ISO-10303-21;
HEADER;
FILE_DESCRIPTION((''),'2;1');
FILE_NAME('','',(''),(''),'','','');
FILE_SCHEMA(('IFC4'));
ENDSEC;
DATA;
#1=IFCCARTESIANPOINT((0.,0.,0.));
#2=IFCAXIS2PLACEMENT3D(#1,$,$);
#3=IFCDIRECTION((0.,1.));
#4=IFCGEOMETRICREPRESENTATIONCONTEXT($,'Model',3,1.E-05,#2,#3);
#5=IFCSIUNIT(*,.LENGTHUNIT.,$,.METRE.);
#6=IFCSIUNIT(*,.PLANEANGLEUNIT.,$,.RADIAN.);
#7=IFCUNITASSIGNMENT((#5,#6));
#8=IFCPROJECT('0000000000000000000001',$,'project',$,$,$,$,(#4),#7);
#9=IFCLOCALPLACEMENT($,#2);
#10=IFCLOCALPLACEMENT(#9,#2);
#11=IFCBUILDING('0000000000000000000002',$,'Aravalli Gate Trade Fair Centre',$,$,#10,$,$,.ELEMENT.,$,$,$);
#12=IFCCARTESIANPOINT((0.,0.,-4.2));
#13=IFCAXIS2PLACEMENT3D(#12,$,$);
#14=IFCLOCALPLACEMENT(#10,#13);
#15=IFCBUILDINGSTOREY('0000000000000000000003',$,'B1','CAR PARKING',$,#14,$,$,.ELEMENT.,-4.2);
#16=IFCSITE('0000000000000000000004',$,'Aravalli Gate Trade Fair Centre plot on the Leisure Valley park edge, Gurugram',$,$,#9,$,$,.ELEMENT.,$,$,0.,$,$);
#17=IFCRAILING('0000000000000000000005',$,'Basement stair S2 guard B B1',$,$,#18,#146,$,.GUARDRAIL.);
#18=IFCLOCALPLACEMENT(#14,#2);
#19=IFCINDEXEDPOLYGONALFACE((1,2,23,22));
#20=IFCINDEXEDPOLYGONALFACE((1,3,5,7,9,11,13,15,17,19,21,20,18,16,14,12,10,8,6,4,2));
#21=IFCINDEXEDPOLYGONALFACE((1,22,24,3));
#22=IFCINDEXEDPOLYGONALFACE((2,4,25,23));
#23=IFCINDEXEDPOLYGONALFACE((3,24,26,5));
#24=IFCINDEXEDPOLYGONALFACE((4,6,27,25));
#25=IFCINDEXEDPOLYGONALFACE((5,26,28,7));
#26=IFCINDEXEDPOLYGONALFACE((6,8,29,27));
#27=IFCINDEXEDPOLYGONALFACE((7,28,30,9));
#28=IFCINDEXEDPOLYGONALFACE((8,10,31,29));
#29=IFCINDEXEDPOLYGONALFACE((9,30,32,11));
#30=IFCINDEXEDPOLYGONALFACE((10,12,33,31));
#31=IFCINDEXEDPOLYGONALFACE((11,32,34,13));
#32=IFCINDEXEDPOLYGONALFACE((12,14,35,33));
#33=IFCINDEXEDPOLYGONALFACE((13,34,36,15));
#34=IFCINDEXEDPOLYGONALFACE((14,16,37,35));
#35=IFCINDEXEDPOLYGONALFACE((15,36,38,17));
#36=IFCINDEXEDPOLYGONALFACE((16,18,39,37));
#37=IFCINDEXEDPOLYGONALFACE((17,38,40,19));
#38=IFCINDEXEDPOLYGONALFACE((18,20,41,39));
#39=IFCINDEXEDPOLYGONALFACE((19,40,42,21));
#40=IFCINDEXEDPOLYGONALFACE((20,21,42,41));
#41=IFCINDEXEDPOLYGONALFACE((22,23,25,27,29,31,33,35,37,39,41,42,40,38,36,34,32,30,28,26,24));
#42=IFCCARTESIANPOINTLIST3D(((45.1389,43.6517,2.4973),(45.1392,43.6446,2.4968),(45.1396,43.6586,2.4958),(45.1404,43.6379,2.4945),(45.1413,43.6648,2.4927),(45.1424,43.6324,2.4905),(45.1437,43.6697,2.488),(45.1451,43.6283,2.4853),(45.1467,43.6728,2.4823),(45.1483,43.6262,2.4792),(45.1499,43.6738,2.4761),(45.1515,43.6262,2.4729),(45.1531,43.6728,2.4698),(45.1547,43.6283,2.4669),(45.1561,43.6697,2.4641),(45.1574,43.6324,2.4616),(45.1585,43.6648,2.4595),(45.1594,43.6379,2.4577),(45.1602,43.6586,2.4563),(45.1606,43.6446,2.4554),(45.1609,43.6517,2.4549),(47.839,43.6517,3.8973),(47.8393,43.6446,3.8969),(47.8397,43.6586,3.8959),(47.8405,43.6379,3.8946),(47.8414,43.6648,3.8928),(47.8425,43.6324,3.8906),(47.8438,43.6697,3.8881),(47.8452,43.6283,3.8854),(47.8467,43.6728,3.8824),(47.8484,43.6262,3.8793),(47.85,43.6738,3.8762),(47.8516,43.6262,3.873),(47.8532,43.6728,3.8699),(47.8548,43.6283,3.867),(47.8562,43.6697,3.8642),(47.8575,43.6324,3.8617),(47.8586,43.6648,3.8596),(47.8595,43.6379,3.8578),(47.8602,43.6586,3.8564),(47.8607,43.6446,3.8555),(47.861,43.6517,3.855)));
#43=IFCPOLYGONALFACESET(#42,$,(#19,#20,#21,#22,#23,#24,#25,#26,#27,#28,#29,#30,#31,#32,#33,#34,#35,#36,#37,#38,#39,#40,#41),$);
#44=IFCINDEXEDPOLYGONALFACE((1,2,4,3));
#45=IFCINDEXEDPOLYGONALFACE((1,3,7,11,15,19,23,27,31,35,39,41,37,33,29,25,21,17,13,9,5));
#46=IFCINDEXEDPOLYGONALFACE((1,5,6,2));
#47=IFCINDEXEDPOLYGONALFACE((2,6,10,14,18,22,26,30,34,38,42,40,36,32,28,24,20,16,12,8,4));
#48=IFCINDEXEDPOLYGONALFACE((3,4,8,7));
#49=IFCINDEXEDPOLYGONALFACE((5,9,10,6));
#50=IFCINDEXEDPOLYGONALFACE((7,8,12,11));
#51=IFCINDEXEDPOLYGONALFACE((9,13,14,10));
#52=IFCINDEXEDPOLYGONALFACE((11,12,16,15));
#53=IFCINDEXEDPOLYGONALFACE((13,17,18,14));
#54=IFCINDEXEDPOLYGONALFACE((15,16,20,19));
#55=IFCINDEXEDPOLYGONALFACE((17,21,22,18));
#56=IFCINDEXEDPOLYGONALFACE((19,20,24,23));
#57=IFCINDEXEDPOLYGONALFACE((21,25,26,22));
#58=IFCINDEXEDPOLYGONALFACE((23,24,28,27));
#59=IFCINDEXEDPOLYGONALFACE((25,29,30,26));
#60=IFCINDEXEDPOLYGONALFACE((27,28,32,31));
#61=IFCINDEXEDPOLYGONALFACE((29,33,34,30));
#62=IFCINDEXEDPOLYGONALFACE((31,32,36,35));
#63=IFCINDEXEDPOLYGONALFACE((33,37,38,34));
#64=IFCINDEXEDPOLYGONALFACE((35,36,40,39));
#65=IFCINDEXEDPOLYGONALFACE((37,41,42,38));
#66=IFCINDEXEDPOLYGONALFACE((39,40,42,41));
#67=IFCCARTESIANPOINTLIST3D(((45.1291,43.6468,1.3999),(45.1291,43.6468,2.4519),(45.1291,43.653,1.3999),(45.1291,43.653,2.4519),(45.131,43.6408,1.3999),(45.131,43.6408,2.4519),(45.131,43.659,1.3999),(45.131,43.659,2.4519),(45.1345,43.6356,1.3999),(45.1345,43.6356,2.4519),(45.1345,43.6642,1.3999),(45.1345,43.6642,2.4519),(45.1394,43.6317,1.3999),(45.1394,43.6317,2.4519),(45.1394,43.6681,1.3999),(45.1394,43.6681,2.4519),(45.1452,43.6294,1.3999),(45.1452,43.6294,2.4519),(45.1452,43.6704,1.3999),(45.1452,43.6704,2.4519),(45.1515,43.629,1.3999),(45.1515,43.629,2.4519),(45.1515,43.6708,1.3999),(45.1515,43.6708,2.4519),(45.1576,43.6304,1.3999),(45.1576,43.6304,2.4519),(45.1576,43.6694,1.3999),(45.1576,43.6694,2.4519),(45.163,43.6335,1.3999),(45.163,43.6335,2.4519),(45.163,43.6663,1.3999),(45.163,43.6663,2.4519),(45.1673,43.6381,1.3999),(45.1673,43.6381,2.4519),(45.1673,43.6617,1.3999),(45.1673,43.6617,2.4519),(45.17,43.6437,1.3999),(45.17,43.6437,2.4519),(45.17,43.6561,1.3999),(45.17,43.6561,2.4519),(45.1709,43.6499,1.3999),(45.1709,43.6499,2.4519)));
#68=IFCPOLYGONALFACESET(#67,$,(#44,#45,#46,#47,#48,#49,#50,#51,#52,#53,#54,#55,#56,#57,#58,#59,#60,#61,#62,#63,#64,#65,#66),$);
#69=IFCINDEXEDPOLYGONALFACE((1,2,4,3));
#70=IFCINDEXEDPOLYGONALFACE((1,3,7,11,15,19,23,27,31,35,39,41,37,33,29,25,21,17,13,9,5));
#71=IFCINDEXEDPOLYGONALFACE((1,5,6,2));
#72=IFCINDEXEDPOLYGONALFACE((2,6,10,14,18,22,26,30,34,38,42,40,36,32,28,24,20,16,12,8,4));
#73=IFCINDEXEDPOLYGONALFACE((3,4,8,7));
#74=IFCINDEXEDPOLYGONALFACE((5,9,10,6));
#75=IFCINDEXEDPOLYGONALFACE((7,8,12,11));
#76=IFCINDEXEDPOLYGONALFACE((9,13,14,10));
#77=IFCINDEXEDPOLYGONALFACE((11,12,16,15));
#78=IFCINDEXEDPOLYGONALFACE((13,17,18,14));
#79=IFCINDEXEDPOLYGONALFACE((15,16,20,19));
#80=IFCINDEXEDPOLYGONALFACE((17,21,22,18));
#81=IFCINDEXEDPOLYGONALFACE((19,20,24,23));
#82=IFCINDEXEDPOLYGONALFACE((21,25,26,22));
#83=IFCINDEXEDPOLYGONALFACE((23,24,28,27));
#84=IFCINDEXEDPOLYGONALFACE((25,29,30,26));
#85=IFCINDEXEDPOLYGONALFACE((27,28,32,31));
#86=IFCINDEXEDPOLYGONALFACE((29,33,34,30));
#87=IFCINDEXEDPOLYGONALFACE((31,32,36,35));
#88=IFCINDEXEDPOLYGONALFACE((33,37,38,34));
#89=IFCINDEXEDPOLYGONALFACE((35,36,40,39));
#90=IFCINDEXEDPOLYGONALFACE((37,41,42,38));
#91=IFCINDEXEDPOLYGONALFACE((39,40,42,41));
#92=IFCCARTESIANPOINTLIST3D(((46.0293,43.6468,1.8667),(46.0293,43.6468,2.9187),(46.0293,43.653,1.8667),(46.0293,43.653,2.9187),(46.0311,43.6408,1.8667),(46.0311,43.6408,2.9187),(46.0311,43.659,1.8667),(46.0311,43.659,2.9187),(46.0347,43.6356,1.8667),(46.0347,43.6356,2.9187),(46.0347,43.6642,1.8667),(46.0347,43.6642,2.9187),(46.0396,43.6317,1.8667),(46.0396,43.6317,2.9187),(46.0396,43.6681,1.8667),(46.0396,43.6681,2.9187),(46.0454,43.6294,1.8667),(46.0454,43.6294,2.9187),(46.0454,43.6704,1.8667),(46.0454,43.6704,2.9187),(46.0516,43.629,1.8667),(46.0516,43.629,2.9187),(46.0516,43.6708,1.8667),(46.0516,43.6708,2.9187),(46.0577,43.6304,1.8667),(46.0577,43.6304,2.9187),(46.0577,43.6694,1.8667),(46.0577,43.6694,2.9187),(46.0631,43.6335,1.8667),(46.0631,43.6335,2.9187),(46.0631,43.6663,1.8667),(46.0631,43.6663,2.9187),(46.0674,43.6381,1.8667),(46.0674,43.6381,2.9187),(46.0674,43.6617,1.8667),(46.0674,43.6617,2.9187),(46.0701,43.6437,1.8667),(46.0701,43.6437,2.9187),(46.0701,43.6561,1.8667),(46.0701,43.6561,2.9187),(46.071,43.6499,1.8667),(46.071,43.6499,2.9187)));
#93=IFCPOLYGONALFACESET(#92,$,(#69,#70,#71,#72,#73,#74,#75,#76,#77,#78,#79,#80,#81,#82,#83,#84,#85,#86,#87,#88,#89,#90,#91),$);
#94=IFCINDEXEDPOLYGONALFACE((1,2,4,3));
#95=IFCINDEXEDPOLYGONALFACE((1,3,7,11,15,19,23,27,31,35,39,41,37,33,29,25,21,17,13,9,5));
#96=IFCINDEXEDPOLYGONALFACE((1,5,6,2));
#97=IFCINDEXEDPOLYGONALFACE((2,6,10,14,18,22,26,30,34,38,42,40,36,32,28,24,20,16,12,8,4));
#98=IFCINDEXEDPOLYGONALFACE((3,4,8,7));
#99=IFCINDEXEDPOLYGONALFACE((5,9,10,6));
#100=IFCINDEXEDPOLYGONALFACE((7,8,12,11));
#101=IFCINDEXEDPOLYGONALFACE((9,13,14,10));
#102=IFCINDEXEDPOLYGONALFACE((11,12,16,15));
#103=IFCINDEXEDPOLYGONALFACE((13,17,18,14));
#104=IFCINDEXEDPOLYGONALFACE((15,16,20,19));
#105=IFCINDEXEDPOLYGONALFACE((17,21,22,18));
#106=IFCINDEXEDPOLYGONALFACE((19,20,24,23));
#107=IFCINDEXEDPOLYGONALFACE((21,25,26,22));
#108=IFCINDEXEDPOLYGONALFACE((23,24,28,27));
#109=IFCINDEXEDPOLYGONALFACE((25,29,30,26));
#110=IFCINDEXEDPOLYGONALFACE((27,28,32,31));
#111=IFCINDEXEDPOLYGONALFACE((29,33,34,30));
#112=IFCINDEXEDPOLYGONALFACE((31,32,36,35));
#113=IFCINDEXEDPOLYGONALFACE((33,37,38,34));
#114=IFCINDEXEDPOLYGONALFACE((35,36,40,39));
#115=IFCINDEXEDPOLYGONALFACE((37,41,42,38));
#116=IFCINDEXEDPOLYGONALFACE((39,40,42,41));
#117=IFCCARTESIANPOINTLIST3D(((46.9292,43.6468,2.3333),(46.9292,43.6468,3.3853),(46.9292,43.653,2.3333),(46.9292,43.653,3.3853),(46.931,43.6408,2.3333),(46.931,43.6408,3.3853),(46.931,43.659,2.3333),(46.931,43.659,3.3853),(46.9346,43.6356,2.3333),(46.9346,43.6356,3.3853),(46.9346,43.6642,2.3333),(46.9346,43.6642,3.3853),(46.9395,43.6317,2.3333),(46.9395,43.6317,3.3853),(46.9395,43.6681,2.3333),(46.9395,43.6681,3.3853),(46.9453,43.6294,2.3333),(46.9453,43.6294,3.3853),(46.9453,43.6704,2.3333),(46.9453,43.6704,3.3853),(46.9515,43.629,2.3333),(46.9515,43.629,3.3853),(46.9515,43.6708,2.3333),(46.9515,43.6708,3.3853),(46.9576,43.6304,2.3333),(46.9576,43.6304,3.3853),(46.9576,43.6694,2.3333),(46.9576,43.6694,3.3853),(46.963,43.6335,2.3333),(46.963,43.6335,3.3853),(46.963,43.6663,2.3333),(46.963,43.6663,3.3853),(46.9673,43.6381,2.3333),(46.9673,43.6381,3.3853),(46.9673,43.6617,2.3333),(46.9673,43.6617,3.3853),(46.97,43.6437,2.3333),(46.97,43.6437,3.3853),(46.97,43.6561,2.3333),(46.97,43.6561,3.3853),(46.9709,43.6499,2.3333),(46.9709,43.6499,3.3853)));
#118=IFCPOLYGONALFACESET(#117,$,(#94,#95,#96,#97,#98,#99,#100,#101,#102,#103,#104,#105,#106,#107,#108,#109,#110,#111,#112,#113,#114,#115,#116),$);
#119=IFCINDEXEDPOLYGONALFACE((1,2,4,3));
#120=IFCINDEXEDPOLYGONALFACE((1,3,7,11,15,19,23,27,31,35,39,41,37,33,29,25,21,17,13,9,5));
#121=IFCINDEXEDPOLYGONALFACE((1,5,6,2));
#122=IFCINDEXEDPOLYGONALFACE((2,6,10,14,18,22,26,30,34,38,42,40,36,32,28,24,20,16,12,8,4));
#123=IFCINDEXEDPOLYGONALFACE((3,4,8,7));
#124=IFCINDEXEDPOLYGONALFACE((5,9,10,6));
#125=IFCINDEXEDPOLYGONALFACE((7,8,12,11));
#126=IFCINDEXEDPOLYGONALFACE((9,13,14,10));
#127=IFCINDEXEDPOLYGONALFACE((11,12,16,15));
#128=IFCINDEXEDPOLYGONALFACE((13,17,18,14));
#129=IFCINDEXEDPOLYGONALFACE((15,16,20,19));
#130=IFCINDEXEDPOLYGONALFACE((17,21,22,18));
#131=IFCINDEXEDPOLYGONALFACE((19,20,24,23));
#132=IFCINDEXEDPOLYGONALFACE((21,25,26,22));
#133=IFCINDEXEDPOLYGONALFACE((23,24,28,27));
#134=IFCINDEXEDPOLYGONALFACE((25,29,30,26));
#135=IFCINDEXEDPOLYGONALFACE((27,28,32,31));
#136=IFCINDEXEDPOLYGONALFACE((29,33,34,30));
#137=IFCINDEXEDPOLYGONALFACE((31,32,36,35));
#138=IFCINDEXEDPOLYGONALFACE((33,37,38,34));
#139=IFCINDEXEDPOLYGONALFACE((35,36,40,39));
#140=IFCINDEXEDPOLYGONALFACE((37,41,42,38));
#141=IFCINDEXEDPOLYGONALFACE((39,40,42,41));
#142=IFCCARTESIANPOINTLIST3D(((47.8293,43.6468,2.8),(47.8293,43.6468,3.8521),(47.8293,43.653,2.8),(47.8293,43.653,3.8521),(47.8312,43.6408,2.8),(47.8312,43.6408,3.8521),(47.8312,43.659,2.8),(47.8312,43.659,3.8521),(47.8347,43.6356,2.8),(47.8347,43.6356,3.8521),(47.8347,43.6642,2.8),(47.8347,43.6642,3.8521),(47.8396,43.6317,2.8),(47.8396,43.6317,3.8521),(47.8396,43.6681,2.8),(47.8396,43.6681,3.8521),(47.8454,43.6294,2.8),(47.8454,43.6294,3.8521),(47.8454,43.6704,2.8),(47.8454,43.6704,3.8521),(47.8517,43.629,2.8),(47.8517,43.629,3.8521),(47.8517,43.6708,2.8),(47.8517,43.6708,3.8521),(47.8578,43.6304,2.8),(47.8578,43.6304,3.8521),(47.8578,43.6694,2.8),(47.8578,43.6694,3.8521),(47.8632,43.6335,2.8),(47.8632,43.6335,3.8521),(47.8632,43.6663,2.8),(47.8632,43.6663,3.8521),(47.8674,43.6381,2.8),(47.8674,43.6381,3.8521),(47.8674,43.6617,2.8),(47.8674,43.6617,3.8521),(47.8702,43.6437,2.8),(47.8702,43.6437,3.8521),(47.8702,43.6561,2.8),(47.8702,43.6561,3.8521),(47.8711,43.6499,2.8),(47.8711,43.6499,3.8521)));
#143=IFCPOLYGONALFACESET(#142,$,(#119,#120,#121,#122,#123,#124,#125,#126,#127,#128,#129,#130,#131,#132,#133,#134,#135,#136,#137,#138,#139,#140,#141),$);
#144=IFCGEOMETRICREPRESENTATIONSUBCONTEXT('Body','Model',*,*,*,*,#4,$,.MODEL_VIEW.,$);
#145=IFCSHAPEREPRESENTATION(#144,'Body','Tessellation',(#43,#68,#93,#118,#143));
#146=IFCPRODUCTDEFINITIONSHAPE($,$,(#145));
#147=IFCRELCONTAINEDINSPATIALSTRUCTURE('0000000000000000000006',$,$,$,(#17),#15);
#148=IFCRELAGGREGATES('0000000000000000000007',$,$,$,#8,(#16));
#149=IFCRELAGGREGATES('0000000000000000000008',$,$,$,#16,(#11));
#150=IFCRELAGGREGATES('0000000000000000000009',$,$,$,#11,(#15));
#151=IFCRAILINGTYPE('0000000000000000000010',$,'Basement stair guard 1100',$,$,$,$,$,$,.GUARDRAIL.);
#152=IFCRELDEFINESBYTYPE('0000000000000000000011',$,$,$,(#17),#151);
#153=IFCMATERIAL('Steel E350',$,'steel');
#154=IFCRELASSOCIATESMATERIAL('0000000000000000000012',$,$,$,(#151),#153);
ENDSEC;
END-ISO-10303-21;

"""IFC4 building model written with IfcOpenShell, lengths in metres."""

from ifc_helpers import new_model, si_unit, direction, frame, origin, origin_2d, place, context, subcontext, project, spatial, circle, extrude, material, type_object, element, save


model = new_model("IFC4")

# Units and contexts
model_context = context("Model", 3, precision=1e-05, world=origin(), true_north=direction((0.0, 1.0)))
body_context = subcontext(model_context, "Body", "Model", "MODEL_VIEW")
ifc_project = project(units=[si_unit("LENGTHUNIT", "METRE"), si_unit("PLANEANGLEUNIT", "RADIAN")], contexts=[model_context])

# Site, building, storey
site_placement = place(None, origin())
site = spatial("IfcSite", under=ifc_project, at=site_placement, Name="Aravalli Gate Trade Fair Centre plot on the Leisure Valley park edge, Gurugram", CompositionType="ELEMENT", RefElevation=0.0)
building_placement = place(site_placement, origin())
building = spatial("IfcBuilding", under=site, at=building_placement, Name="Aravalli Gate Trade Fair Centre", CompositionType="ELEMENT")
storey_placement = place(building_placement, frame((0.0, 0.0, -4.2)))
storey = spatial("IfcBuildingStorey", under=building, at=storey_placement, Name="B1", Description="CAR PARKING", CompositionType="ELEMENT", Elevation=-4.2)

# Railing
ifc_material_1 = material(Name="Steel E350", Category="steel")
railing_type = type_object("IfcRailingType", Name="Basement stair guard 1100", PredefinedType="GUARDRAIL", material=ifc_material_1)
railing_1_placement = place(storey_placement, frame((45.1499, 43.6499, 1.3999)))
element("IfcRailing", 1, at=railing_1_placement, inside=storey, type_object=railing_type, Name="Basement stair S2 guard B B1", PredefinedType="GUARDRAIL", context=body_context, shape_type="SweptSolid", body=[
    extrude(circle(Radius=0.0239, at=origin_2d()), frame((0.0, 0.0, 1.0762), z_axis=(0.887748, 0.0, 0.460329), x_axis=(0.0, 1.0, 0.0)), (0.0, 0.0, 1.0), 3.0415),
    extrude(circle(Radius=0.021, at=origin_2d()), origin(), (0.0, 0.0, 1.0), 1.052),
    extrude(circle(Radius=0.021, at=origin_2d()), frame((0.9001, 0.0, 0.4668)), (0.0, 0.0, 1.0), 1.052),
    extrude(circle(Radius=0.021, at=origin_2d()), frame((1.8, 0.0, 0.9333)), (0.0, 0.0, 1.0), 1.052),
    extrude(circle(Radius=0.021, at=origin_2d()), frame((2.7002, 0.0, 1.4001)), (0.0, 0.0, 1.0), 1.052),
])

save(model, "model.ifc")
